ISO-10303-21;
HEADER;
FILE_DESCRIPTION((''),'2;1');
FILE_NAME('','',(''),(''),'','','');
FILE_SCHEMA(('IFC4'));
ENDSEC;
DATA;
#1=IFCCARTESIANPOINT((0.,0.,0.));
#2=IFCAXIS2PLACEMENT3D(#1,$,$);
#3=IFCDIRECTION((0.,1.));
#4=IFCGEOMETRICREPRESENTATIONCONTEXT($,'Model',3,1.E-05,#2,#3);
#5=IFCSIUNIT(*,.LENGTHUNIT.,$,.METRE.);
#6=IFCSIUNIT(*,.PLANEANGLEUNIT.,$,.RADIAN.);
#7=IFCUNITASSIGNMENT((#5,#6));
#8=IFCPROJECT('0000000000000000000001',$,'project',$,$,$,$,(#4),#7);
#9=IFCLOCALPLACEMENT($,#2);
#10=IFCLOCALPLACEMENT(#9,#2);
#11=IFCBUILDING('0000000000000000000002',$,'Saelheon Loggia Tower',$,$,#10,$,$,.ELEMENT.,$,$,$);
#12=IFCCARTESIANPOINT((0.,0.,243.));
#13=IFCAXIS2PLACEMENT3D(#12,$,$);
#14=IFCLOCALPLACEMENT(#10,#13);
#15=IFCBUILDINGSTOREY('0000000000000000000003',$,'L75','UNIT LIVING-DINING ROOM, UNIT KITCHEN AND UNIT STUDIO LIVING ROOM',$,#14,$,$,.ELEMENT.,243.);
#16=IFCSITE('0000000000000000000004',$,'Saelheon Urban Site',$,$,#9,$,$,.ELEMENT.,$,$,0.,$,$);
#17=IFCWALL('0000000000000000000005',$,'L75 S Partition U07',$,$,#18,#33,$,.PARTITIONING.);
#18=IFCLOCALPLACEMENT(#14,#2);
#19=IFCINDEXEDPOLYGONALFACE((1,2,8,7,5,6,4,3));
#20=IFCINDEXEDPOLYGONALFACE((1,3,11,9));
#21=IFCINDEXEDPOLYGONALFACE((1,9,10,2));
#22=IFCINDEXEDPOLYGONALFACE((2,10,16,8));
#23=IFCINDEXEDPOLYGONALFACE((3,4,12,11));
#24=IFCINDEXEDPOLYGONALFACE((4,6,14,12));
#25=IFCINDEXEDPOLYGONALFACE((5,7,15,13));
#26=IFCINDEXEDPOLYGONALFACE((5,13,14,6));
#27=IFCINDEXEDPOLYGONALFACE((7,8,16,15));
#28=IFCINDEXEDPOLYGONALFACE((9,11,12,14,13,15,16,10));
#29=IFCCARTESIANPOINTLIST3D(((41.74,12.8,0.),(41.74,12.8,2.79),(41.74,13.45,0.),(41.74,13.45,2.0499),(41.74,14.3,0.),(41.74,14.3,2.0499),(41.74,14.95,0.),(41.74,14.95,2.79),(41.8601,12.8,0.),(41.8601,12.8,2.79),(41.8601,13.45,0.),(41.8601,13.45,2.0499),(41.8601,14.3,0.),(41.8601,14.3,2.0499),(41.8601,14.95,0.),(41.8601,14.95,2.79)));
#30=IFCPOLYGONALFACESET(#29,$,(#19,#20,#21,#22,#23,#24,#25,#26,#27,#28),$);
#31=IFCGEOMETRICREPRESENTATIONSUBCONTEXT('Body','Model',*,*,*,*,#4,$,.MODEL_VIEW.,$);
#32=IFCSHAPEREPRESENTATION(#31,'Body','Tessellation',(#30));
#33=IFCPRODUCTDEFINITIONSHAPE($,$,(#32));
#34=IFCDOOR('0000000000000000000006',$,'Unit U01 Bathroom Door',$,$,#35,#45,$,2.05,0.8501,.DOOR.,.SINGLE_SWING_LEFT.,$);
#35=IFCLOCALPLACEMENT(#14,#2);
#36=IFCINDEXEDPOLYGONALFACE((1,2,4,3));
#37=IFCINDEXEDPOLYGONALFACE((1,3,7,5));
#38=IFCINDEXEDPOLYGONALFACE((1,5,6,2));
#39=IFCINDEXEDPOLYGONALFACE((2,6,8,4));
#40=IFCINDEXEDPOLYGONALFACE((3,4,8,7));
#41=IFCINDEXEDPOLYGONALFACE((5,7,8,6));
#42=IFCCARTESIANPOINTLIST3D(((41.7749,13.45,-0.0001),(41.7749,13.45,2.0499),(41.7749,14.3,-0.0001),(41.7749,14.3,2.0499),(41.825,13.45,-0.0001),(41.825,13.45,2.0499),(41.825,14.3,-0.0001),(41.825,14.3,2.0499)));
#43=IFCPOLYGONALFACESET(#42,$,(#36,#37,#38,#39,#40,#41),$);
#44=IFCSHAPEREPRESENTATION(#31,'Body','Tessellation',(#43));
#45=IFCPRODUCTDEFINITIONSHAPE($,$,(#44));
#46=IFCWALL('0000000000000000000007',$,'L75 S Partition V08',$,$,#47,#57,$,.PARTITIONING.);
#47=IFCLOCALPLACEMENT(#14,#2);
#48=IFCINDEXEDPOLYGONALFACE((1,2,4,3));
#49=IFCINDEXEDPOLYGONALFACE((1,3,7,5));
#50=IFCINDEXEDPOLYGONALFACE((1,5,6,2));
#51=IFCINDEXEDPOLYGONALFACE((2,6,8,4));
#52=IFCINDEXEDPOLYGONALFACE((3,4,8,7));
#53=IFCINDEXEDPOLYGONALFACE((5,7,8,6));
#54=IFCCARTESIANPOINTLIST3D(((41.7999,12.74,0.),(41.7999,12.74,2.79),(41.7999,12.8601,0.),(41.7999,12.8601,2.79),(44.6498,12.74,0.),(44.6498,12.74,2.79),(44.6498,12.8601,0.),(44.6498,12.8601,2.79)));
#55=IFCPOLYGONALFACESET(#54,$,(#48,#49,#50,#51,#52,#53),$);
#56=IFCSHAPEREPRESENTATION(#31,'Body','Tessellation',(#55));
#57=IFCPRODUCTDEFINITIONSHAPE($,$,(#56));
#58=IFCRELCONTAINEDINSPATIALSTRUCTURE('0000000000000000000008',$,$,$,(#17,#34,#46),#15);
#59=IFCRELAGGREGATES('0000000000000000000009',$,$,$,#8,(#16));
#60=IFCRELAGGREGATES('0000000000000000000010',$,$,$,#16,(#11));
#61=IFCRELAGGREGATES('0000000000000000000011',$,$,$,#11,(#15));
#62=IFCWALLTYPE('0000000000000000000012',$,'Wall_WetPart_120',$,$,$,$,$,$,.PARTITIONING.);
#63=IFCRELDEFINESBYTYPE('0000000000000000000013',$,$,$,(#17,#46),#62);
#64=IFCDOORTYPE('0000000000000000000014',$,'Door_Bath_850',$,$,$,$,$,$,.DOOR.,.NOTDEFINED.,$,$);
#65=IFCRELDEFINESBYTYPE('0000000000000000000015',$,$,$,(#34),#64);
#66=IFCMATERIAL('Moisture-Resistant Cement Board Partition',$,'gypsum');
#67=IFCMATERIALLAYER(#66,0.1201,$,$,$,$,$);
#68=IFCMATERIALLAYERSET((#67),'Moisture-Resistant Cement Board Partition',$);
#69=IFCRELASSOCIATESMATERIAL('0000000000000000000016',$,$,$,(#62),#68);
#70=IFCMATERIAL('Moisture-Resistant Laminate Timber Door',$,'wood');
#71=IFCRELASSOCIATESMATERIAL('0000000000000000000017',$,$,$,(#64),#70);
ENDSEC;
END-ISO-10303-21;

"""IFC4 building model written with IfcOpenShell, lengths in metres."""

from ifc_helpers import new_model, si_unit, direction, frame, frame_2d, origin, place, context, subcontext, project, spatial, rectangle, extrude, source, transform, mapped, material, layer, layer_set, type_object, element, fill, save


model = new_model("IFC4")

# Units and contexts
model_context = context("Model", 3, precision=1e-05, world=origin(), true_north=direction((0.0, 1.0)))
body_context = subcontext(model_context, "Body", "Model", "MODEL_VIEW")
ifc_project = project(units=[si_unit("LENGTHUNIT", "METRE"), si_unit("PLANEANGLEUNIT", "RADIAN")], contexts=[model_context])

# Site, building, storey
site_placement = place(None, origin())
site = spatial("IfcSite", under=ifc_project, at=site_placement, Name="Saelheon Urban Site", CompositionType="ELEMENT", RefElevation=0.0)
building_placement = place(site_placement, origin())
building = spatial("IfcBuilding", under=site, at=building_placement, Name="Saelheon Loggia Tower", CompositionType="ELEMENT")
storey_placement = place(building_placement, frame((0.0, 0.0, 243.0)))
storey = spatial("IfcBuildingStorey", under=building, at=storey_placement, Name="L75", Description="UNIT LIVING-DINING ROOM, UNIT KITCHEN AND UNIT STUDIO LIVING ROOM", CompositionType="ELEMENT", Elevation=243.0)

# Wall, opening, door
ifc_material_1 = material(Name="Moisture-Resistant Cement Board Partition", Category="gypsum")
ifc_layer_1 = layer(ifc_material_1, 0.1201)
ifc_layer_set_1 = layer_set([ifc_layer_1], Name="Moisture-Resistant Cement Board Partition")
wall_type_1 = type_object("IfcWallType", Name="Wall_WetPart_120", PredefinedType="PARTITIONING", material=ifc_layer_set_1)
wall_1_placement = place(storey_placement, frame((41.8, 14.95, 0.0), z_axis=(0.0, 0.0, 1.0), x_axis=(0.0, -1.0, 0.0)))
wall_1 = element("IfcWall", 1, at=wall_1_placement, inside=storey, type_object=wall_type_1, Name="L75 S Partition U07", PredefinedType="PARTITIONING", context=body_context, shape_type="SweptSolid", body=[
    extrude(rectangle(XDim=2.1499, YDim=0.1201, at=frame_2d((1.075, 0.0))), origin(), (0.0, 0.0, 1.0), 2.79),
])
opening_1_placement = place(wall_1_placement, frame((0.6499, 0.0, 0.0)))
opening_1 = element("IfcOpeningElement", 2, at=opening_1_placement, cuts=wall_1, PredefinedType="OPENING", context=body_context, shape_type="SweptSolid", body=[
    extrude(rectangle(XDim=0.8501, YDim=2.05, at=frame_2d((0.425, 1.0249))), frame((0.0, 0.072, 0.0), z_axis=(0.0, -1.0, 0.0), x_axis=(1.0, 0.0, 0.0)), (0.0, 0.0, 1.0), 0.144),
])
ifc_material_2 = material(Name="Moisture-Resistant Laminate Timber Door", Category="wood")
door_type_1 = type_object("IfcDoorType", Name="Door_Bath_850", OperationType="NOTDEFINED", PredefinedType="DOOR", material=ifc_material_2)
shared_shape_1 = source(origin(), body_context, "Body", "SweptSolid", [
    extrude(rectangle(XDim=0.8501, YDim=2.05, at=frame_2d((0.425, 1.0249))), frame((0.0, 0.0249, 0.0), z_axis=(0.0, -1.0, 0.0), x_axis=(1.0, 0.0, 0.0)), (0.0, 0.0, 1.0), 0.05),
])
door_1_placement = place(opening_1_placement, origin())
door_1 = element("IfcDoor", 3, at=door_1_placement, inside=storey, type_object=door_type_1, Name="Unit U01 Bathroom Door", OperationType="SINGLE_SWING_LEFT", OverallHeight=2.05, OverallWidth=0.8501, PredefinedType="DOOR", context=body_context, shape_type="MappedRepresentation", body=[
    mapped(shared_shape_1, transform((0.0, 0.0, 0.0), scale=1.0)),
])
fill(opening_1, door_1)

# Wall
wall_2_placement = place(storey_placement, frame((41.8, 12.8, 0.0), z_axis=(0.0, 0.0, 1.0), x_axis=(1.0, 0.0, 0.0)))
element("IfcWall", 4, at=wall_2_placement, inside=storey, type_object=wall_type_1, Name="L75 S Partition V08", PredefinedType="PARTITIONING", context=body_context, shape_type="SweptSolid", body=[
    extrude(rectangle(XDim=2.8499, YDim=0.1201, at=frame_2d((1.4248, 0.0))), origin(), (0.0, 0.0, 1.0), 2.79),
])

save(model, "model.ifc")
